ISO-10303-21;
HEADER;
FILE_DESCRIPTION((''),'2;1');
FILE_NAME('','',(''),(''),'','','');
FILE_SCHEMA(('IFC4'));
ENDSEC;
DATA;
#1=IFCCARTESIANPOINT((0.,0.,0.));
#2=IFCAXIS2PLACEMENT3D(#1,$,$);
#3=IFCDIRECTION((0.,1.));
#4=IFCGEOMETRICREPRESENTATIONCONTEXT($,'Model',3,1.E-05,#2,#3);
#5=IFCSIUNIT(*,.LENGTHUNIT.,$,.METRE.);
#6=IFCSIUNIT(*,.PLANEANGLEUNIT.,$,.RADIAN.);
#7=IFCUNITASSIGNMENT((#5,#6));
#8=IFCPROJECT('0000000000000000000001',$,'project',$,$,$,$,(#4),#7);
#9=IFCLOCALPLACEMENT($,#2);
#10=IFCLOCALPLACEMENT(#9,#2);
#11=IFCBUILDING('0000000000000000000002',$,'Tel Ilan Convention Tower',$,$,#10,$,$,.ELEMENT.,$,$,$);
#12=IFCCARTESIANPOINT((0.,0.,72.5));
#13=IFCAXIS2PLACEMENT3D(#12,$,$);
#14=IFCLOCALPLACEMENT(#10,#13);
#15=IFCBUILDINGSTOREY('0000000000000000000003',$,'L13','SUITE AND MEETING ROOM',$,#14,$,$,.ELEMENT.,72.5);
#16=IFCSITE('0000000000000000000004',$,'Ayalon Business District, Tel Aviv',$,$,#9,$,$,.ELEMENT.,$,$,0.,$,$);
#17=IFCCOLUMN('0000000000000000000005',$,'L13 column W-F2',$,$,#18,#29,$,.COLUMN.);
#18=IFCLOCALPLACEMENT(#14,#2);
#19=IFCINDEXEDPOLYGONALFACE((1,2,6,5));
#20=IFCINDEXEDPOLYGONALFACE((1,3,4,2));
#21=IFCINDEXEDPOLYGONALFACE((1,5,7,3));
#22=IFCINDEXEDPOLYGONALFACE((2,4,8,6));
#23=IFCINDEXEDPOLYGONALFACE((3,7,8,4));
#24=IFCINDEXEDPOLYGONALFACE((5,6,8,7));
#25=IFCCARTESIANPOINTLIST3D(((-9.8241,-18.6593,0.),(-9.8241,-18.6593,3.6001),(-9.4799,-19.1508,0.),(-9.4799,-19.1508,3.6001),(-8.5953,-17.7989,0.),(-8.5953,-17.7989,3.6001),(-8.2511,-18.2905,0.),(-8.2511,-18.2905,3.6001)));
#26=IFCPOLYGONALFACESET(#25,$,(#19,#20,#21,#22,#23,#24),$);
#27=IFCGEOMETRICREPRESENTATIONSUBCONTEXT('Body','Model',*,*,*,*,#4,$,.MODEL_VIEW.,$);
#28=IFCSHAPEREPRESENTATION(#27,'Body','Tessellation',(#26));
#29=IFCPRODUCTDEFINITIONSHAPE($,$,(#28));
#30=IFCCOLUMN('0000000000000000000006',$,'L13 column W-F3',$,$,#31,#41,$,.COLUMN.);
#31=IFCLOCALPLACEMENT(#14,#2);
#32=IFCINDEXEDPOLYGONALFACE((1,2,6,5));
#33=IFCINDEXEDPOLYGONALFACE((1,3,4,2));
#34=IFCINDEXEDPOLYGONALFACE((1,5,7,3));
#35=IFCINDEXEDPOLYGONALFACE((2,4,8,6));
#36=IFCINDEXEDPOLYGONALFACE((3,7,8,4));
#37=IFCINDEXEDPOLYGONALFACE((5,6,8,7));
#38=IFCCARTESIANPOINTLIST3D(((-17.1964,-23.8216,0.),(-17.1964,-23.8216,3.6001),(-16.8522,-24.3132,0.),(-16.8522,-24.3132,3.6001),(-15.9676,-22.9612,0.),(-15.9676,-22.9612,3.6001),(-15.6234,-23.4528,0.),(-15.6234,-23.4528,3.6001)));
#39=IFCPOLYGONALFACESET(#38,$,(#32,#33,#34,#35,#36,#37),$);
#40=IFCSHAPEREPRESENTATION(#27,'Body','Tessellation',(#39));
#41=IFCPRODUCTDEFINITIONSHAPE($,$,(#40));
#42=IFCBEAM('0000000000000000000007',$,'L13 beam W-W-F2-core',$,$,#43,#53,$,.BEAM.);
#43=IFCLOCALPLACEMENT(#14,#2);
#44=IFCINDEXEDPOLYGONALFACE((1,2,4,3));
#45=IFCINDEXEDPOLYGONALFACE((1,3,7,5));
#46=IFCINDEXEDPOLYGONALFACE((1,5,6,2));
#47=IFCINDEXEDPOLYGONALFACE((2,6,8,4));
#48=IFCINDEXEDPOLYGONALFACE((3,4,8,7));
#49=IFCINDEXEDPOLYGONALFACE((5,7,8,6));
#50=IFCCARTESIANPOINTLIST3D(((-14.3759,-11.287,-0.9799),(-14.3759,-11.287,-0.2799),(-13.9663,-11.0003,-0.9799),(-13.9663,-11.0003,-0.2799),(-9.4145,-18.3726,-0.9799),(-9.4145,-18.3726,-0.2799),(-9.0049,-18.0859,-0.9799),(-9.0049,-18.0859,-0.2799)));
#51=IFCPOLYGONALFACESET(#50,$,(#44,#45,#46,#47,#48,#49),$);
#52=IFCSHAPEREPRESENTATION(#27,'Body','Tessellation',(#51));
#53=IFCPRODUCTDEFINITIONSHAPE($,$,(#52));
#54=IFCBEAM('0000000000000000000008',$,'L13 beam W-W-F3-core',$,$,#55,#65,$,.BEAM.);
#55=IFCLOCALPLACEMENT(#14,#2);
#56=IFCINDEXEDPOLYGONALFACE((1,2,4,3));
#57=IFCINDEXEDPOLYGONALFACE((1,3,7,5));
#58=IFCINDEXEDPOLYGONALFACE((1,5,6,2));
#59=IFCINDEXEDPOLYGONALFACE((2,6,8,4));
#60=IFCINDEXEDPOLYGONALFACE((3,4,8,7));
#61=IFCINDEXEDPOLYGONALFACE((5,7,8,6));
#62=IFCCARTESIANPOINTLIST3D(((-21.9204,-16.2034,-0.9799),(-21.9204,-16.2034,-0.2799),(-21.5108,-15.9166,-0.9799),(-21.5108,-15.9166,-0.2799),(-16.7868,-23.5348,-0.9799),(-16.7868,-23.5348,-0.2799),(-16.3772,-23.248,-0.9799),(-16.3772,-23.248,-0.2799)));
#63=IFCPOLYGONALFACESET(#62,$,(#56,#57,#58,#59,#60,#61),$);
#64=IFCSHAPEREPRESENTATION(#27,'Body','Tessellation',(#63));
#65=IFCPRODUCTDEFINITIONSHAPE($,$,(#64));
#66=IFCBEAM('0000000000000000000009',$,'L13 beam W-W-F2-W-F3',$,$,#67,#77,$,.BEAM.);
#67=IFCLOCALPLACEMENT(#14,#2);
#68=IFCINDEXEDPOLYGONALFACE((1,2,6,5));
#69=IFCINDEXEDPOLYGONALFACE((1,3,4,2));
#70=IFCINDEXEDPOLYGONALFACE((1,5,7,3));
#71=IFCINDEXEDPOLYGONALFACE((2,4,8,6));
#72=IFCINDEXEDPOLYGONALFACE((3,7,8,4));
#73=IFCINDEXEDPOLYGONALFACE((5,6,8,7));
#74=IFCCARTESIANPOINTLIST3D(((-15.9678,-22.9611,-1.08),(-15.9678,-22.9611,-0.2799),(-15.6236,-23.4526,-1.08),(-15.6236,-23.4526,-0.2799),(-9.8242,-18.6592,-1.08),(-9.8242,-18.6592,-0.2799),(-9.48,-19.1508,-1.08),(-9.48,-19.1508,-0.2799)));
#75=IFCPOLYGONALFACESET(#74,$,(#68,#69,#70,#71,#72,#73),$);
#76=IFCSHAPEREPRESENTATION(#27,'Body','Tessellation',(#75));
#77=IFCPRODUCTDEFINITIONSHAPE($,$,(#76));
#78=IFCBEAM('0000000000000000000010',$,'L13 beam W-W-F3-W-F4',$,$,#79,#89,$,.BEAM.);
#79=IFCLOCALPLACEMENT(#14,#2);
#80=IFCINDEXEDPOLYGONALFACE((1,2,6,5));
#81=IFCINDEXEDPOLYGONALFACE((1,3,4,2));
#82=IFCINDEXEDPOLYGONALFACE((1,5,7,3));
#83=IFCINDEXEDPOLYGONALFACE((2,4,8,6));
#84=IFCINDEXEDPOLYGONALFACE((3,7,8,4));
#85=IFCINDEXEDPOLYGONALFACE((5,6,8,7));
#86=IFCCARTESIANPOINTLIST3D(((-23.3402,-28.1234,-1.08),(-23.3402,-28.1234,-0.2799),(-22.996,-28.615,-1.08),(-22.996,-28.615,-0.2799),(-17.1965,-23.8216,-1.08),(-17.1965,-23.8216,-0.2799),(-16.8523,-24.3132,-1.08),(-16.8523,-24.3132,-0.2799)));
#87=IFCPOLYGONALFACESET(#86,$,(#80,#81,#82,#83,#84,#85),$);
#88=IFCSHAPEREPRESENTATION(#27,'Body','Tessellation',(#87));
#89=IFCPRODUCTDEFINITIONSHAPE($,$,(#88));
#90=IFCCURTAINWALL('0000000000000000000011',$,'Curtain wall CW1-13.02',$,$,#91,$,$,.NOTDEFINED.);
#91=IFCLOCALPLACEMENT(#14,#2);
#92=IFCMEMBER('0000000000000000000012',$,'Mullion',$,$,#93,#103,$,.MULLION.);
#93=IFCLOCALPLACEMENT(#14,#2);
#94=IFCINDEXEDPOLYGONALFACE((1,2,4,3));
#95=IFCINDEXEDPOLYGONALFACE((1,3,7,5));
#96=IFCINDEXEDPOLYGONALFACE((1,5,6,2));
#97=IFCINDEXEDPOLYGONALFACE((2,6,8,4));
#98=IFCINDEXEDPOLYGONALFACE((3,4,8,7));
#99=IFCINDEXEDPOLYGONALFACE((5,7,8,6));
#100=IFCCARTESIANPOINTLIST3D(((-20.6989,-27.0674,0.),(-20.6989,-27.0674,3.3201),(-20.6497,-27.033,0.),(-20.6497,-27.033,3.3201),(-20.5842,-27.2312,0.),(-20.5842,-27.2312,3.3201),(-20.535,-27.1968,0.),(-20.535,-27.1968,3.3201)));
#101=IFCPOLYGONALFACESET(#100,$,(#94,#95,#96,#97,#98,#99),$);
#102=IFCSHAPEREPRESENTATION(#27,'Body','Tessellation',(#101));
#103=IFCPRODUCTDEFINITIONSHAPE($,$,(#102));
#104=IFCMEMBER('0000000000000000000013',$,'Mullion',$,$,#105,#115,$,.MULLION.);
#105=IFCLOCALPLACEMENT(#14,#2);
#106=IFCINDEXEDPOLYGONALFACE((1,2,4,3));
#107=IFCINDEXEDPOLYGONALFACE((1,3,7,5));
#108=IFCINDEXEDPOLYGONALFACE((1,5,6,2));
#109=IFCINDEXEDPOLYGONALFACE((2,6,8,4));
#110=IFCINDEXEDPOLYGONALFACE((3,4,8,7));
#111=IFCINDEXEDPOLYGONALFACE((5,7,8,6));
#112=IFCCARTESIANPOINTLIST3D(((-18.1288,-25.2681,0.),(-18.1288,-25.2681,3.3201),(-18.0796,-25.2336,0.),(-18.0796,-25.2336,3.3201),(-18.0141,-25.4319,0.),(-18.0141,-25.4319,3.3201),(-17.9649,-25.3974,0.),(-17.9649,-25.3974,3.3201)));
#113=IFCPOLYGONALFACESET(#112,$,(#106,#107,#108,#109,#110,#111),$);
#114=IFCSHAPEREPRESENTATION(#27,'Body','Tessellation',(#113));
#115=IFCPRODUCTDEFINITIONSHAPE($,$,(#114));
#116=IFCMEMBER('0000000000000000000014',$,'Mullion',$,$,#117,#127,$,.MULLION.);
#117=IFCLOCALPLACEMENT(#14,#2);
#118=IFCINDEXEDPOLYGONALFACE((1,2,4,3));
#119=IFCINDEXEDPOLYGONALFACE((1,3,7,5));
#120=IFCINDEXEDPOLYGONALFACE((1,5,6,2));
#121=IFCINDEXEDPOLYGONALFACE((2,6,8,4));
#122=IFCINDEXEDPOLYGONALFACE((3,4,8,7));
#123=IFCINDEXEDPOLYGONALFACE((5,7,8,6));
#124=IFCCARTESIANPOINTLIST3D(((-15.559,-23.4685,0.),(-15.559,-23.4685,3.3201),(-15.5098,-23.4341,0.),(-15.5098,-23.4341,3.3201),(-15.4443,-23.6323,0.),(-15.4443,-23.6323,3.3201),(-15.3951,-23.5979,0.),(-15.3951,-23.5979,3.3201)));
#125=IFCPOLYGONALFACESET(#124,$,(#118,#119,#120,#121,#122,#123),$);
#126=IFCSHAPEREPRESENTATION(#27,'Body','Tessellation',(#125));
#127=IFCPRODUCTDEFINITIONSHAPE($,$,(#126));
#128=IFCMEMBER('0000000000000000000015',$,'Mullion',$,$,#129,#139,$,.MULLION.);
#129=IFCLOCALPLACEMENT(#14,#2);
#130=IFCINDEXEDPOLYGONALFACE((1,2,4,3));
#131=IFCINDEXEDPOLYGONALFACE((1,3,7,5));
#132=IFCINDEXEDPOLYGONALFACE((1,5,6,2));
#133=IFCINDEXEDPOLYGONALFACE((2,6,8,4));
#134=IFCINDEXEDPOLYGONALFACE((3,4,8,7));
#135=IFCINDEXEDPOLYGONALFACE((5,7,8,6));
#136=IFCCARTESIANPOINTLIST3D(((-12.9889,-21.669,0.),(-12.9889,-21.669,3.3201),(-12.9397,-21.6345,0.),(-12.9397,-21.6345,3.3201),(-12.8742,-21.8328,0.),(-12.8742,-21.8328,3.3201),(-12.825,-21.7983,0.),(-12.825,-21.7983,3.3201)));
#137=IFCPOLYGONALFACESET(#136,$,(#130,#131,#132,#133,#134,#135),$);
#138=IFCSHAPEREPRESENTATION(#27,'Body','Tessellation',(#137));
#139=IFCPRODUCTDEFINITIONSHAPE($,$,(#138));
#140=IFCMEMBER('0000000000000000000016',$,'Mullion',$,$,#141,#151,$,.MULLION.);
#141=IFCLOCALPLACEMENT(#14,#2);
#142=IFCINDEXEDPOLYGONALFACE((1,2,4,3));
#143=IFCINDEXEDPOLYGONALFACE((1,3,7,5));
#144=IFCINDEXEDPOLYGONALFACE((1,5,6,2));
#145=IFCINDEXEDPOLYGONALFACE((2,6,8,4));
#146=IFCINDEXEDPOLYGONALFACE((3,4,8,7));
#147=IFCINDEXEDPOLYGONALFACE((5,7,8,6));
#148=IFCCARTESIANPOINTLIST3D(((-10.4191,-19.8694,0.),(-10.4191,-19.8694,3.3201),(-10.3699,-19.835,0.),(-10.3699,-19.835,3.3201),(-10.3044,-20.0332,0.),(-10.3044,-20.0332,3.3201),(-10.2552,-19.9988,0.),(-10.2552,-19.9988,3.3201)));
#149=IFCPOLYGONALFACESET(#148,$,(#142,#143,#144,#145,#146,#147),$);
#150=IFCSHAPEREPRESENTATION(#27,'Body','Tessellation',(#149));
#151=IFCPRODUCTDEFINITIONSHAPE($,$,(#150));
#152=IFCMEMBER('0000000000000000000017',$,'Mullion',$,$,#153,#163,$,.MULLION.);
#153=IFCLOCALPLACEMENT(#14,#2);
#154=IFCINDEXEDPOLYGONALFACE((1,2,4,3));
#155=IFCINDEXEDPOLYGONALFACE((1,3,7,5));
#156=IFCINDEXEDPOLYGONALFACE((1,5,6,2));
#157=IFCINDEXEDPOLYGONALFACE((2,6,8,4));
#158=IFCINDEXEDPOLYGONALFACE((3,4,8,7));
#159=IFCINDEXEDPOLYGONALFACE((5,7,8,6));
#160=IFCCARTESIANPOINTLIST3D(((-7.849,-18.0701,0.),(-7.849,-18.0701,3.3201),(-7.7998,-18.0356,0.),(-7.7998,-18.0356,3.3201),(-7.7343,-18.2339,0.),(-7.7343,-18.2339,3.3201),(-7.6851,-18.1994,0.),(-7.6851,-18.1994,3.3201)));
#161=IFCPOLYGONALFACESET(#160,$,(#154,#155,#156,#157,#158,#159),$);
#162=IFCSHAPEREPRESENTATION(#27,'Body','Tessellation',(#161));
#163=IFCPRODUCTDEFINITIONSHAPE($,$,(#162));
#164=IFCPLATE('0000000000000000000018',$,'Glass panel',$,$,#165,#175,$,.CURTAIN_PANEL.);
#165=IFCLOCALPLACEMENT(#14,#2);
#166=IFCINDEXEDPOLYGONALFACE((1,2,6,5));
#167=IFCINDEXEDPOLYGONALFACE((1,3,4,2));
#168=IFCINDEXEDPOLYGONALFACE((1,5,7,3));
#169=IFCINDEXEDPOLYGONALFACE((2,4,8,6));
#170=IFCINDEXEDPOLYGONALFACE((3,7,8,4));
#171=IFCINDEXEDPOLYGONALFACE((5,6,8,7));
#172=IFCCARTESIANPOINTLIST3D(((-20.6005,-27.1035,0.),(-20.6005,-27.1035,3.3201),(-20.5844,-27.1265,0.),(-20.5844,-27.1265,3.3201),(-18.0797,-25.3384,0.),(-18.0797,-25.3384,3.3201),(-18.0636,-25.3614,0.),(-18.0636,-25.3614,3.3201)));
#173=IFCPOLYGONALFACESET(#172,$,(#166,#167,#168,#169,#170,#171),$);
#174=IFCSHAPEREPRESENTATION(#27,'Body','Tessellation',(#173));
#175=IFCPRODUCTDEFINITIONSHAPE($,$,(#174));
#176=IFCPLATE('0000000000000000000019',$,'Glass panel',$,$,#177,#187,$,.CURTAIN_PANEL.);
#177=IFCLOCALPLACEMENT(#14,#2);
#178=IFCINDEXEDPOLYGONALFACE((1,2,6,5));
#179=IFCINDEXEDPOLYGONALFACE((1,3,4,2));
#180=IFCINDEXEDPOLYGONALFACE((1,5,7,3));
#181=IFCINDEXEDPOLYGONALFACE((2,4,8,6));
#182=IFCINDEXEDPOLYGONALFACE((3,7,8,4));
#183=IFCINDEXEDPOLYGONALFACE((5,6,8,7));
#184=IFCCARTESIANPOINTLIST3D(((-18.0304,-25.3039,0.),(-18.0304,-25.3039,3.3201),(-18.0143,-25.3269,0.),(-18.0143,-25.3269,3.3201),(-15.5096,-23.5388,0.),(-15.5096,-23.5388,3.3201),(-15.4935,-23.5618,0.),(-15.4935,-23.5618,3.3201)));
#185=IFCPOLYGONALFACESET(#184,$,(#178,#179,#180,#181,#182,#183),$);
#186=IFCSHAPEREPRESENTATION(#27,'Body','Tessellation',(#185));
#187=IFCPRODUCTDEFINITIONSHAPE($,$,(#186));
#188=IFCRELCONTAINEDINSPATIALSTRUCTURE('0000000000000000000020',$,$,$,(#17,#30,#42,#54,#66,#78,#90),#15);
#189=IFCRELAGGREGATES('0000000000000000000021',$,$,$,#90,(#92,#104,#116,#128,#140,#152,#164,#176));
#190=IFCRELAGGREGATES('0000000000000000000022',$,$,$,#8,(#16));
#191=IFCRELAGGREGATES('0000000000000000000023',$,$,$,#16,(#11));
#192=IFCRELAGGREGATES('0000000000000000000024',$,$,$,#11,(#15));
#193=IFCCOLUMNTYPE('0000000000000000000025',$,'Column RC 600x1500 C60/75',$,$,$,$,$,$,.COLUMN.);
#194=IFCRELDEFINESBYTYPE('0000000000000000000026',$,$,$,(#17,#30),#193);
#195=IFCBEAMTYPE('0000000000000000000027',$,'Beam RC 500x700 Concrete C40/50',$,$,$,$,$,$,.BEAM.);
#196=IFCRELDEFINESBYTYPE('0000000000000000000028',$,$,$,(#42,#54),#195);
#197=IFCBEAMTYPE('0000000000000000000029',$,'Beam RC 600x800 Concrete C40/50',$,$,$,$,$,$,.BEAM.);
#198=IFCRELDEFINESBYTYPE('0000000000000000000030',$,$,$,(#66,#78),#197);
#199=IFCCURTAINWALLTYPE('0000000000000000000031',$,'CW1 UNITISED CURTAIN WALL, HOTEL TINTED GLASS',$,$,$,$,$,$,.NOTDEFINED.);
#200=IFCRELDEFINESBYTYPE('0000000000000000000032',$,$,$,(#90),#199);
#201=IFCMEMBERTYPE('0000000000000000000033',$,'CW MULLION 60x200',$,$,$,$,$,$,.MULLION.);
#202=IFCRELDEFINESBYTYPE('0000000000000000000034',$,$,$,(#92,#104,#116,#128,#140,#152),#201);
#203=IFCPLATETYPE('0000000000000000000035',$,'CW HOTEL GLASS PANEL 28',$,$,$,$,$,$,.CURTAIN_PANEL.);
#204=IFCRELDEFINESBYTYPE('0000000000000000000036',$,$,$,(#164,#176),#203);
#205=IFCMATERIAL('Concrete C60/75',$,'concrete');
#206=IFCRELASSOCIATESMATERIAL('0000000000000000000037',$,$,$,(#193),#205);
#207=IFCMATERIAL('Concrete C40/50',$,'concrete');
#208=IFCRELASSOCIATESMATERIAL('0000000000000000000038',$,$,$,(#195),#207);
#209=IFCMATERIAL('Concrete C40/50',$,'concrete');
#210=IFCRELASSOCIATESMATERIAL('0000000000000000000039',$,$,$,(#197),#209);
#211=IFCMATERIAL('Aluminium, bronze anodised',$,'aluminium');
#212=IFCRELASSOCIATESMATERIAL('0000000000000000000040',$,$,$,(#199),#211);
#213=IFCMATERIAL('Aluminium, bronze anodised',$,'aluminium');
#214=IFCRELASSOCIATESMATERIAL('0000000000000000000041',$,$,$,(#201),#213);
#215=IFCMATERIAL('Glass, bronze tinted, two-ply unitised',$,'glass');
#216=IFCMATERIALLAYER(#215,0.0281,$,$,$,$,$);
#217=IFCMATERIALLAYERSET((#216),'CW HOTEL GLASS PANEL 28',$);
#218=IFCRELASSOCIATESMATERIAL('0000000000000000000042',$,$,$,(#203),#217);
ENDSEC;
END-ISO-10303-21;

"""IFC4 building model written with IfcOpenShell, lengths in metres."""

from ifc_helpers import new_model, si_unit, direction, frame, origin, origin_2d, place, context, subcontext, project, spatial, rectangle, extrude, material, layer, layer_set, material_profile, profile_set, type_object, element, aggregate, save


model = new_model("IFC4")

# Units and contexts
model_context = context("Model", 3, precision=1e-05, world=origin(), true_north=direction((0.0, 1.0)))
body_context = subcontext(model_context, "Body", "Model", "MODEL_VIEW")
ifc_project = project(units=[si_unit("LENGTHUNIT", "METRE"), si_unit("PLANEANGLEUNIT", "RADIAN")], contexts=[model_context])

# Site, building, storey
site_placement = place(None, origin())
site = spatial("IfcSite", under=ifc_project, at=site_placement, Name="Ayalon Business District, Tel Aviv", CompositionType="ELEMENT", RefElevation=0.0)
building_placement = place(site_placement, origin())
building = spatial("IfcBuilding", under=site, at=building_placement, Name="Tel Ilan Convention Tower", CompositionType="ELEMENT")
storey_placement = place(building_placement, frame((0.0, 0.0, 72.5)))
storey = spatial("IfcBuildingStorey", under=building, at=storey_placement, Name="L13", Description="SUITE AND MEETING ROOM", CompositionType="ELEMENT", Elevation=72.5)

# Columns
ifc_material_1 = material(Name="Concrete C60/75", Category="concrete")
ifc_material_profile_1 = material_profile(ifc_material_1, rectangle(XDim=1.5, YDim=0.6001, at=origin_2d()), Name="RC 600x1500")
ifc_profile_set_1 = profile_set([ifc_material_profile_1], Name="Concrete C60/75")
column_type = type_object("IfcColumnType", Name="Column RC 600x1500 C60/75", PredefinedType="COLUMN", material=ifc_profile_set_1)
for number, where, z_axis, x_axis, name in (
    (1, (-9.0376, -18.4749, 0.0), (0.0, 0.0, 1.0), (-0.819152, -0.573576, 0.0), "L13 column W-F2"),
    (2, (-16.4099, -23.6372, 0.0), (0.0, 0.0, 1.0), (-0.819152, -0.573576, 0.0), "L13 column W-F3"),
):
    element("IfcColumn", number, at=place(storey_placement, frame(where, z_axis=z_axis, x_axis=x_axis)), inside=storey, type_object=column_type, Name=name, PredefinedType="COLUMN", context=body_context, shape_type="SweptSolid", body=[
        extrude(rectangle(XDim=1.5, YDim=0.6001, at=origin_2d()), origin(), (0.0, 0.0, 1.0), 3.6001),
    ])

# Beams
ifc_material_2 = material(Name="Concrete C40/50", Category="concrete")
ifc_material_profile_2 = material_profile(ifc_material_2, rectangle(XDim=0.5, YDim=0.7, at=origin_2d()), Name="RC 500x700")
ifc_profile_set_2 = profile_set([ifc_material_profile_2], Name="Concrete C40/50")
beam_type_1 = type_object("IfcBeamType", Name="Beam RC 500x700 Concrete C40/50", PredefinedType="BEAM", material=ifc_profile_set_2)
beam_1_placement = place(storey_placement, frame((-9.2097, -18.2292, -0.6299), z_axis=(-0.573574, 0.819154, 0.0), x_axis=(-0.819154, -0.573574, 0.0)))
element("IfcBeam", 3, at=beam_1_placement, inside=storey, type_object=beam_type_1, Name="L13 beam W-W-F2-core", PredefinedType="BEAM", context=body_context, shape_type="SweptSolid", body=[
    extrude(rectangle(XDim=0.5, YDim=0.7, at=origin_2d()), origin(), (0.0, 0.0, 1.0), 8.6499),
])
beam_2_placement = place(storey_placement, frame((-16.582, -23.3914, -0.6299), z_axis=(-0.573585, 0.819146, 0.0), x_axis=(-0.819146, -0.573585, 0.0)))
element("IfcBeam", 4, at=beam_2_placement, inside=storey, type_object=beam_type_1, Name="L13 beam W-W-F3-core", PredefinedType="BEAM", context=body_context, shape_type="SweptSolid", body=[
    extrude(rectangle(XDim=0.5, YDim=0.7, at=origin_2d()), origin(), (0.0, 0.0, 1.0), 8.95),
])
ifc_material_3 = material(Name="Concrete C40/50", Category="concrete")
ifc_material_profile_3 = material_profile(ifc_material_3, rectangle(XDim=0.6001, YDim=0.8, at=origin_2d()), Name="RC 600x800")
ifc_profile_set_3 = profile_set([ifc_material_profile_3], Name="Concrete C40/50")
beam_type_2 = type_object("IfcBeamType", Name="Beam RC 600x800 Concrete C40/50", PredefinedType="BEAM", material=ifc_profile_set_3)
for number, where, z_axis, x_axis, name in (
    (5, (-9.6521, -18.905, -0.6799), (-0.819152, -0.573576, 0.0), (0.573576, -0.819152, 0.0), "L13 beam W-W-F2-W-F3"),
    (6, (-17.0244, -24.0674, -0.6799), (-0.819152, -0.573576, 0.0), (0.573576, -0.819152, 0.0), "L13 beam W-W-F3-W-F4"),
):
    element("IfcBeam", number, at=place(storey_placement, frame(where, z_axis=z_axis, x_axis=x_axis)), inside=storey, type_object=beam_type_2, Name=name, PredefinedType="BEAM", context=body_context, shape_type="SweptSolid", body=[
        extrude(rectangle(XDim=0.6001, YDim=0.8, at=origin_2d()), origin(), (0.0, 0.0, 1.0), 7.5),
    ])

# Curtain wall, members, plates
ifc_material_4 = material(Name="Aluminium, bronze anodised", Category="aluminium")
curtain_wall_type = type_object("IfcCurtainWallType", Name="CW1 UNITISED CURTAIN WALL, HOTEL TINTED GLASS", PredefinedType="NOTDEFINED", material=ifc_material_4)
curtain_wall_placement = place(storey_placement, origin())
curtain_wall = element("IfcCurtainWall", 7, at=curtain_wall_placement, inside=storey, type_object=curtain_wall_type, Name="Curtain wall CW1-13.02", PredefinedType="NOTDEFINED")
ifc_material_5 = material(Name="Aluminium, bronze anodised", Category="aluminium")
ifc_material_profile_4 = material_profile(ifc_material_5, rectangle(XDim=0.0601, YDim=0.2, at=origin_2d()), Name="CW MULLION 60x200")
ifc_profile_set_4 = profile_set([ifc_material_profile_4], Name="Aluminium, bronze anodised")
member_type = type_object("IfcMemberType", Name="CW MULLION 60x200", PredefinedType="MULLION", material=ifc_profile_set_4)
member_1_placement = place(storey_placement, frame((-20.6169, -27.1321, 0.0), z_axis=(0.0, 0.0, 1.0), x_axis=(0.819152, 0.573576, 0.0)))
member_1 = element("IfcMember", 8, at=member_1_placement, type_object=member_type, Name="Mullion", PredefinedType="MULLION", context=body_context, shape_type="SweptSolid", body=[
    extrude(rectangle(XDim=0.0601, YDim=0.2, at=origin_2d()), origin(), (0.0, 0.0, 1.0), 3.3201),
])
member_2_placement = place(storey_placement, frame((-18.0469, -25.3328, 0.0), z_axis=(0.0, 0.0, 1.0), x_axis=(0.819152, 0.573576, 0.0)))
member_2 = element("IfcMember", 9, at=member_2_placement, type_object=member_type, Name="Mullion", PredefinedType="MULLION", context=body_context, shape_type="SweptSolid", body=[
    extrude(rectangle(XDim=0.0601, YDim=0.2, at=origin_2d()), origin(), (0.0, 0.0, 1.0), 3.3201),
])
member_3_placement = place(storey_placement, frame((-15.4771, -23.5332, 0.0), z_axis=(0.0, 0.0, 1.0), x_axis=(0.819152, 0.573576, 0.0)))
member_3 = element("IfcMember", 10, at=member_3_placement, type_object=member_type, Name="Mullion", PredefinedType="MULLION", context=body_context, shape_type="SweptSolid", body=[
    extrude(rectangle(XDim=0.0601, YDim=0.2, at=origin_2d()), origin(), (0.0, 0.0, 1.0), 3.3201),
])
member_4_placement = place(storey_placement, frame((-12.907, -21.7336, 0.0), z_axis=(0.0, 0.0, 1.0), x_axis=(0.819152, 0.573576, 0.0)))
member_4 = element("IfcMember", 11, at=member_4_placement, type_object=member_type, Name="Mullion", PredefinedType="MULLION", context=body_context, shape_type="SweptSolid", body=[
    extrude(rectangle(XDim=0.0601, YDim=0.2, at=origin_2d()), origin(), (0.0, 0.0, 1.0), 3.3201),
])
member_5_placement = place(storey_placement, frame((-10.3372, -19.9341, 0.0), z_axis=(0.0, 0.0, 1.0), x_axis=(0.819152, 0.573576, 0.0)))
member_5 = element("IfcMember", 12, at=member_5_placement, type_object=member_type, Name="Mullion", PredefinedType="MULLION", context=body_context, shape_type="SweptSolid", body=[
    extrude(rectangle(XDim=0.0601, YDim=0.2, at=origin_2d()), origin(), (0.0, 0.0, 1.0), 3.3201),
])
member_6_placement = place(storey_placement, frame((-7.7671, -18.1348, 0.0), z_axis=(0.0, 0.0, 1.0), x_axis=(0.819152, 0.573576, 0.0)))
member_6 = element("IfcMember", 13, at=member_6_placement, type_object=member_type, Name="Mullion", PredefinedType="MULLION", context=body_context, shape_type="SweptSolid", body=[
    extrude(rectangle(XDim=0.0601, YDim=0.2, at=origin_2d()), origin(), (0.0, 0.0, 1.0), 3.3201),
])
ifc_material_6 = material(Name="Glass, bronze tinted, two-ply unitised", Category="glass")
ifc_layer_1 = layer(ifc_material_6, 0.0281)
ifc_layer_set_1 = layer_set([ifc_layer_1], Name="CW HOTEL GLASS PANEL 28")
plate_type = type_object("IfcPlateType", Name="CW HOTEL GLASS PANEL 28", PredefinedType="CURTAIN_PANEL", material=ifc_layer_set_1)
plate_1_placement = place(storey_placement, frame((-19.332, -26.2324, 0.0), z_axis=(0.0, 0.0, 1.0), x_axis=(0.819152, 0.573576, 0.0)))
plate_1 = element("IfcPlate", 14, at=plate_1_placement, type_object=plate_type, Name="Glass panel", PredefinedType="CURTAIN_PANEL", context=body_context, shape_type="SweptSolid", body=[
    extrude(rectangle(XDim=3.0774, YDim=0.0281, at=origin_2d()), origin(), (0.0, 0.0, 1.0), 3.3201),
])
plate_2_placement = place(storey_placement, frame((-16.762, -24.4329, 0.0), z_axis=(0.0, 0.0, 1.0), x_axis=(0.819152, 0.573576, 0.0)))
plate_2 = element("IfcPlate", 15, at=plate_2_placement, type_object=plate_type, Name="Glass panel", PredefinedType="CURTAIN_PANEL", context=body_context, shape_type="SweptSolid", body=[
    extrude(rectangle(XDim=3.0774, YDim=0.0281, at=origin_2d()), origin(), (0.0, 0.0, 1.0), 3.3201),
])
aggregate(curtain_wall, [member_1, member_2, member_3, member_4, member_5, member_6, plate_1, plate_2])

save(model, "model.ifc")
